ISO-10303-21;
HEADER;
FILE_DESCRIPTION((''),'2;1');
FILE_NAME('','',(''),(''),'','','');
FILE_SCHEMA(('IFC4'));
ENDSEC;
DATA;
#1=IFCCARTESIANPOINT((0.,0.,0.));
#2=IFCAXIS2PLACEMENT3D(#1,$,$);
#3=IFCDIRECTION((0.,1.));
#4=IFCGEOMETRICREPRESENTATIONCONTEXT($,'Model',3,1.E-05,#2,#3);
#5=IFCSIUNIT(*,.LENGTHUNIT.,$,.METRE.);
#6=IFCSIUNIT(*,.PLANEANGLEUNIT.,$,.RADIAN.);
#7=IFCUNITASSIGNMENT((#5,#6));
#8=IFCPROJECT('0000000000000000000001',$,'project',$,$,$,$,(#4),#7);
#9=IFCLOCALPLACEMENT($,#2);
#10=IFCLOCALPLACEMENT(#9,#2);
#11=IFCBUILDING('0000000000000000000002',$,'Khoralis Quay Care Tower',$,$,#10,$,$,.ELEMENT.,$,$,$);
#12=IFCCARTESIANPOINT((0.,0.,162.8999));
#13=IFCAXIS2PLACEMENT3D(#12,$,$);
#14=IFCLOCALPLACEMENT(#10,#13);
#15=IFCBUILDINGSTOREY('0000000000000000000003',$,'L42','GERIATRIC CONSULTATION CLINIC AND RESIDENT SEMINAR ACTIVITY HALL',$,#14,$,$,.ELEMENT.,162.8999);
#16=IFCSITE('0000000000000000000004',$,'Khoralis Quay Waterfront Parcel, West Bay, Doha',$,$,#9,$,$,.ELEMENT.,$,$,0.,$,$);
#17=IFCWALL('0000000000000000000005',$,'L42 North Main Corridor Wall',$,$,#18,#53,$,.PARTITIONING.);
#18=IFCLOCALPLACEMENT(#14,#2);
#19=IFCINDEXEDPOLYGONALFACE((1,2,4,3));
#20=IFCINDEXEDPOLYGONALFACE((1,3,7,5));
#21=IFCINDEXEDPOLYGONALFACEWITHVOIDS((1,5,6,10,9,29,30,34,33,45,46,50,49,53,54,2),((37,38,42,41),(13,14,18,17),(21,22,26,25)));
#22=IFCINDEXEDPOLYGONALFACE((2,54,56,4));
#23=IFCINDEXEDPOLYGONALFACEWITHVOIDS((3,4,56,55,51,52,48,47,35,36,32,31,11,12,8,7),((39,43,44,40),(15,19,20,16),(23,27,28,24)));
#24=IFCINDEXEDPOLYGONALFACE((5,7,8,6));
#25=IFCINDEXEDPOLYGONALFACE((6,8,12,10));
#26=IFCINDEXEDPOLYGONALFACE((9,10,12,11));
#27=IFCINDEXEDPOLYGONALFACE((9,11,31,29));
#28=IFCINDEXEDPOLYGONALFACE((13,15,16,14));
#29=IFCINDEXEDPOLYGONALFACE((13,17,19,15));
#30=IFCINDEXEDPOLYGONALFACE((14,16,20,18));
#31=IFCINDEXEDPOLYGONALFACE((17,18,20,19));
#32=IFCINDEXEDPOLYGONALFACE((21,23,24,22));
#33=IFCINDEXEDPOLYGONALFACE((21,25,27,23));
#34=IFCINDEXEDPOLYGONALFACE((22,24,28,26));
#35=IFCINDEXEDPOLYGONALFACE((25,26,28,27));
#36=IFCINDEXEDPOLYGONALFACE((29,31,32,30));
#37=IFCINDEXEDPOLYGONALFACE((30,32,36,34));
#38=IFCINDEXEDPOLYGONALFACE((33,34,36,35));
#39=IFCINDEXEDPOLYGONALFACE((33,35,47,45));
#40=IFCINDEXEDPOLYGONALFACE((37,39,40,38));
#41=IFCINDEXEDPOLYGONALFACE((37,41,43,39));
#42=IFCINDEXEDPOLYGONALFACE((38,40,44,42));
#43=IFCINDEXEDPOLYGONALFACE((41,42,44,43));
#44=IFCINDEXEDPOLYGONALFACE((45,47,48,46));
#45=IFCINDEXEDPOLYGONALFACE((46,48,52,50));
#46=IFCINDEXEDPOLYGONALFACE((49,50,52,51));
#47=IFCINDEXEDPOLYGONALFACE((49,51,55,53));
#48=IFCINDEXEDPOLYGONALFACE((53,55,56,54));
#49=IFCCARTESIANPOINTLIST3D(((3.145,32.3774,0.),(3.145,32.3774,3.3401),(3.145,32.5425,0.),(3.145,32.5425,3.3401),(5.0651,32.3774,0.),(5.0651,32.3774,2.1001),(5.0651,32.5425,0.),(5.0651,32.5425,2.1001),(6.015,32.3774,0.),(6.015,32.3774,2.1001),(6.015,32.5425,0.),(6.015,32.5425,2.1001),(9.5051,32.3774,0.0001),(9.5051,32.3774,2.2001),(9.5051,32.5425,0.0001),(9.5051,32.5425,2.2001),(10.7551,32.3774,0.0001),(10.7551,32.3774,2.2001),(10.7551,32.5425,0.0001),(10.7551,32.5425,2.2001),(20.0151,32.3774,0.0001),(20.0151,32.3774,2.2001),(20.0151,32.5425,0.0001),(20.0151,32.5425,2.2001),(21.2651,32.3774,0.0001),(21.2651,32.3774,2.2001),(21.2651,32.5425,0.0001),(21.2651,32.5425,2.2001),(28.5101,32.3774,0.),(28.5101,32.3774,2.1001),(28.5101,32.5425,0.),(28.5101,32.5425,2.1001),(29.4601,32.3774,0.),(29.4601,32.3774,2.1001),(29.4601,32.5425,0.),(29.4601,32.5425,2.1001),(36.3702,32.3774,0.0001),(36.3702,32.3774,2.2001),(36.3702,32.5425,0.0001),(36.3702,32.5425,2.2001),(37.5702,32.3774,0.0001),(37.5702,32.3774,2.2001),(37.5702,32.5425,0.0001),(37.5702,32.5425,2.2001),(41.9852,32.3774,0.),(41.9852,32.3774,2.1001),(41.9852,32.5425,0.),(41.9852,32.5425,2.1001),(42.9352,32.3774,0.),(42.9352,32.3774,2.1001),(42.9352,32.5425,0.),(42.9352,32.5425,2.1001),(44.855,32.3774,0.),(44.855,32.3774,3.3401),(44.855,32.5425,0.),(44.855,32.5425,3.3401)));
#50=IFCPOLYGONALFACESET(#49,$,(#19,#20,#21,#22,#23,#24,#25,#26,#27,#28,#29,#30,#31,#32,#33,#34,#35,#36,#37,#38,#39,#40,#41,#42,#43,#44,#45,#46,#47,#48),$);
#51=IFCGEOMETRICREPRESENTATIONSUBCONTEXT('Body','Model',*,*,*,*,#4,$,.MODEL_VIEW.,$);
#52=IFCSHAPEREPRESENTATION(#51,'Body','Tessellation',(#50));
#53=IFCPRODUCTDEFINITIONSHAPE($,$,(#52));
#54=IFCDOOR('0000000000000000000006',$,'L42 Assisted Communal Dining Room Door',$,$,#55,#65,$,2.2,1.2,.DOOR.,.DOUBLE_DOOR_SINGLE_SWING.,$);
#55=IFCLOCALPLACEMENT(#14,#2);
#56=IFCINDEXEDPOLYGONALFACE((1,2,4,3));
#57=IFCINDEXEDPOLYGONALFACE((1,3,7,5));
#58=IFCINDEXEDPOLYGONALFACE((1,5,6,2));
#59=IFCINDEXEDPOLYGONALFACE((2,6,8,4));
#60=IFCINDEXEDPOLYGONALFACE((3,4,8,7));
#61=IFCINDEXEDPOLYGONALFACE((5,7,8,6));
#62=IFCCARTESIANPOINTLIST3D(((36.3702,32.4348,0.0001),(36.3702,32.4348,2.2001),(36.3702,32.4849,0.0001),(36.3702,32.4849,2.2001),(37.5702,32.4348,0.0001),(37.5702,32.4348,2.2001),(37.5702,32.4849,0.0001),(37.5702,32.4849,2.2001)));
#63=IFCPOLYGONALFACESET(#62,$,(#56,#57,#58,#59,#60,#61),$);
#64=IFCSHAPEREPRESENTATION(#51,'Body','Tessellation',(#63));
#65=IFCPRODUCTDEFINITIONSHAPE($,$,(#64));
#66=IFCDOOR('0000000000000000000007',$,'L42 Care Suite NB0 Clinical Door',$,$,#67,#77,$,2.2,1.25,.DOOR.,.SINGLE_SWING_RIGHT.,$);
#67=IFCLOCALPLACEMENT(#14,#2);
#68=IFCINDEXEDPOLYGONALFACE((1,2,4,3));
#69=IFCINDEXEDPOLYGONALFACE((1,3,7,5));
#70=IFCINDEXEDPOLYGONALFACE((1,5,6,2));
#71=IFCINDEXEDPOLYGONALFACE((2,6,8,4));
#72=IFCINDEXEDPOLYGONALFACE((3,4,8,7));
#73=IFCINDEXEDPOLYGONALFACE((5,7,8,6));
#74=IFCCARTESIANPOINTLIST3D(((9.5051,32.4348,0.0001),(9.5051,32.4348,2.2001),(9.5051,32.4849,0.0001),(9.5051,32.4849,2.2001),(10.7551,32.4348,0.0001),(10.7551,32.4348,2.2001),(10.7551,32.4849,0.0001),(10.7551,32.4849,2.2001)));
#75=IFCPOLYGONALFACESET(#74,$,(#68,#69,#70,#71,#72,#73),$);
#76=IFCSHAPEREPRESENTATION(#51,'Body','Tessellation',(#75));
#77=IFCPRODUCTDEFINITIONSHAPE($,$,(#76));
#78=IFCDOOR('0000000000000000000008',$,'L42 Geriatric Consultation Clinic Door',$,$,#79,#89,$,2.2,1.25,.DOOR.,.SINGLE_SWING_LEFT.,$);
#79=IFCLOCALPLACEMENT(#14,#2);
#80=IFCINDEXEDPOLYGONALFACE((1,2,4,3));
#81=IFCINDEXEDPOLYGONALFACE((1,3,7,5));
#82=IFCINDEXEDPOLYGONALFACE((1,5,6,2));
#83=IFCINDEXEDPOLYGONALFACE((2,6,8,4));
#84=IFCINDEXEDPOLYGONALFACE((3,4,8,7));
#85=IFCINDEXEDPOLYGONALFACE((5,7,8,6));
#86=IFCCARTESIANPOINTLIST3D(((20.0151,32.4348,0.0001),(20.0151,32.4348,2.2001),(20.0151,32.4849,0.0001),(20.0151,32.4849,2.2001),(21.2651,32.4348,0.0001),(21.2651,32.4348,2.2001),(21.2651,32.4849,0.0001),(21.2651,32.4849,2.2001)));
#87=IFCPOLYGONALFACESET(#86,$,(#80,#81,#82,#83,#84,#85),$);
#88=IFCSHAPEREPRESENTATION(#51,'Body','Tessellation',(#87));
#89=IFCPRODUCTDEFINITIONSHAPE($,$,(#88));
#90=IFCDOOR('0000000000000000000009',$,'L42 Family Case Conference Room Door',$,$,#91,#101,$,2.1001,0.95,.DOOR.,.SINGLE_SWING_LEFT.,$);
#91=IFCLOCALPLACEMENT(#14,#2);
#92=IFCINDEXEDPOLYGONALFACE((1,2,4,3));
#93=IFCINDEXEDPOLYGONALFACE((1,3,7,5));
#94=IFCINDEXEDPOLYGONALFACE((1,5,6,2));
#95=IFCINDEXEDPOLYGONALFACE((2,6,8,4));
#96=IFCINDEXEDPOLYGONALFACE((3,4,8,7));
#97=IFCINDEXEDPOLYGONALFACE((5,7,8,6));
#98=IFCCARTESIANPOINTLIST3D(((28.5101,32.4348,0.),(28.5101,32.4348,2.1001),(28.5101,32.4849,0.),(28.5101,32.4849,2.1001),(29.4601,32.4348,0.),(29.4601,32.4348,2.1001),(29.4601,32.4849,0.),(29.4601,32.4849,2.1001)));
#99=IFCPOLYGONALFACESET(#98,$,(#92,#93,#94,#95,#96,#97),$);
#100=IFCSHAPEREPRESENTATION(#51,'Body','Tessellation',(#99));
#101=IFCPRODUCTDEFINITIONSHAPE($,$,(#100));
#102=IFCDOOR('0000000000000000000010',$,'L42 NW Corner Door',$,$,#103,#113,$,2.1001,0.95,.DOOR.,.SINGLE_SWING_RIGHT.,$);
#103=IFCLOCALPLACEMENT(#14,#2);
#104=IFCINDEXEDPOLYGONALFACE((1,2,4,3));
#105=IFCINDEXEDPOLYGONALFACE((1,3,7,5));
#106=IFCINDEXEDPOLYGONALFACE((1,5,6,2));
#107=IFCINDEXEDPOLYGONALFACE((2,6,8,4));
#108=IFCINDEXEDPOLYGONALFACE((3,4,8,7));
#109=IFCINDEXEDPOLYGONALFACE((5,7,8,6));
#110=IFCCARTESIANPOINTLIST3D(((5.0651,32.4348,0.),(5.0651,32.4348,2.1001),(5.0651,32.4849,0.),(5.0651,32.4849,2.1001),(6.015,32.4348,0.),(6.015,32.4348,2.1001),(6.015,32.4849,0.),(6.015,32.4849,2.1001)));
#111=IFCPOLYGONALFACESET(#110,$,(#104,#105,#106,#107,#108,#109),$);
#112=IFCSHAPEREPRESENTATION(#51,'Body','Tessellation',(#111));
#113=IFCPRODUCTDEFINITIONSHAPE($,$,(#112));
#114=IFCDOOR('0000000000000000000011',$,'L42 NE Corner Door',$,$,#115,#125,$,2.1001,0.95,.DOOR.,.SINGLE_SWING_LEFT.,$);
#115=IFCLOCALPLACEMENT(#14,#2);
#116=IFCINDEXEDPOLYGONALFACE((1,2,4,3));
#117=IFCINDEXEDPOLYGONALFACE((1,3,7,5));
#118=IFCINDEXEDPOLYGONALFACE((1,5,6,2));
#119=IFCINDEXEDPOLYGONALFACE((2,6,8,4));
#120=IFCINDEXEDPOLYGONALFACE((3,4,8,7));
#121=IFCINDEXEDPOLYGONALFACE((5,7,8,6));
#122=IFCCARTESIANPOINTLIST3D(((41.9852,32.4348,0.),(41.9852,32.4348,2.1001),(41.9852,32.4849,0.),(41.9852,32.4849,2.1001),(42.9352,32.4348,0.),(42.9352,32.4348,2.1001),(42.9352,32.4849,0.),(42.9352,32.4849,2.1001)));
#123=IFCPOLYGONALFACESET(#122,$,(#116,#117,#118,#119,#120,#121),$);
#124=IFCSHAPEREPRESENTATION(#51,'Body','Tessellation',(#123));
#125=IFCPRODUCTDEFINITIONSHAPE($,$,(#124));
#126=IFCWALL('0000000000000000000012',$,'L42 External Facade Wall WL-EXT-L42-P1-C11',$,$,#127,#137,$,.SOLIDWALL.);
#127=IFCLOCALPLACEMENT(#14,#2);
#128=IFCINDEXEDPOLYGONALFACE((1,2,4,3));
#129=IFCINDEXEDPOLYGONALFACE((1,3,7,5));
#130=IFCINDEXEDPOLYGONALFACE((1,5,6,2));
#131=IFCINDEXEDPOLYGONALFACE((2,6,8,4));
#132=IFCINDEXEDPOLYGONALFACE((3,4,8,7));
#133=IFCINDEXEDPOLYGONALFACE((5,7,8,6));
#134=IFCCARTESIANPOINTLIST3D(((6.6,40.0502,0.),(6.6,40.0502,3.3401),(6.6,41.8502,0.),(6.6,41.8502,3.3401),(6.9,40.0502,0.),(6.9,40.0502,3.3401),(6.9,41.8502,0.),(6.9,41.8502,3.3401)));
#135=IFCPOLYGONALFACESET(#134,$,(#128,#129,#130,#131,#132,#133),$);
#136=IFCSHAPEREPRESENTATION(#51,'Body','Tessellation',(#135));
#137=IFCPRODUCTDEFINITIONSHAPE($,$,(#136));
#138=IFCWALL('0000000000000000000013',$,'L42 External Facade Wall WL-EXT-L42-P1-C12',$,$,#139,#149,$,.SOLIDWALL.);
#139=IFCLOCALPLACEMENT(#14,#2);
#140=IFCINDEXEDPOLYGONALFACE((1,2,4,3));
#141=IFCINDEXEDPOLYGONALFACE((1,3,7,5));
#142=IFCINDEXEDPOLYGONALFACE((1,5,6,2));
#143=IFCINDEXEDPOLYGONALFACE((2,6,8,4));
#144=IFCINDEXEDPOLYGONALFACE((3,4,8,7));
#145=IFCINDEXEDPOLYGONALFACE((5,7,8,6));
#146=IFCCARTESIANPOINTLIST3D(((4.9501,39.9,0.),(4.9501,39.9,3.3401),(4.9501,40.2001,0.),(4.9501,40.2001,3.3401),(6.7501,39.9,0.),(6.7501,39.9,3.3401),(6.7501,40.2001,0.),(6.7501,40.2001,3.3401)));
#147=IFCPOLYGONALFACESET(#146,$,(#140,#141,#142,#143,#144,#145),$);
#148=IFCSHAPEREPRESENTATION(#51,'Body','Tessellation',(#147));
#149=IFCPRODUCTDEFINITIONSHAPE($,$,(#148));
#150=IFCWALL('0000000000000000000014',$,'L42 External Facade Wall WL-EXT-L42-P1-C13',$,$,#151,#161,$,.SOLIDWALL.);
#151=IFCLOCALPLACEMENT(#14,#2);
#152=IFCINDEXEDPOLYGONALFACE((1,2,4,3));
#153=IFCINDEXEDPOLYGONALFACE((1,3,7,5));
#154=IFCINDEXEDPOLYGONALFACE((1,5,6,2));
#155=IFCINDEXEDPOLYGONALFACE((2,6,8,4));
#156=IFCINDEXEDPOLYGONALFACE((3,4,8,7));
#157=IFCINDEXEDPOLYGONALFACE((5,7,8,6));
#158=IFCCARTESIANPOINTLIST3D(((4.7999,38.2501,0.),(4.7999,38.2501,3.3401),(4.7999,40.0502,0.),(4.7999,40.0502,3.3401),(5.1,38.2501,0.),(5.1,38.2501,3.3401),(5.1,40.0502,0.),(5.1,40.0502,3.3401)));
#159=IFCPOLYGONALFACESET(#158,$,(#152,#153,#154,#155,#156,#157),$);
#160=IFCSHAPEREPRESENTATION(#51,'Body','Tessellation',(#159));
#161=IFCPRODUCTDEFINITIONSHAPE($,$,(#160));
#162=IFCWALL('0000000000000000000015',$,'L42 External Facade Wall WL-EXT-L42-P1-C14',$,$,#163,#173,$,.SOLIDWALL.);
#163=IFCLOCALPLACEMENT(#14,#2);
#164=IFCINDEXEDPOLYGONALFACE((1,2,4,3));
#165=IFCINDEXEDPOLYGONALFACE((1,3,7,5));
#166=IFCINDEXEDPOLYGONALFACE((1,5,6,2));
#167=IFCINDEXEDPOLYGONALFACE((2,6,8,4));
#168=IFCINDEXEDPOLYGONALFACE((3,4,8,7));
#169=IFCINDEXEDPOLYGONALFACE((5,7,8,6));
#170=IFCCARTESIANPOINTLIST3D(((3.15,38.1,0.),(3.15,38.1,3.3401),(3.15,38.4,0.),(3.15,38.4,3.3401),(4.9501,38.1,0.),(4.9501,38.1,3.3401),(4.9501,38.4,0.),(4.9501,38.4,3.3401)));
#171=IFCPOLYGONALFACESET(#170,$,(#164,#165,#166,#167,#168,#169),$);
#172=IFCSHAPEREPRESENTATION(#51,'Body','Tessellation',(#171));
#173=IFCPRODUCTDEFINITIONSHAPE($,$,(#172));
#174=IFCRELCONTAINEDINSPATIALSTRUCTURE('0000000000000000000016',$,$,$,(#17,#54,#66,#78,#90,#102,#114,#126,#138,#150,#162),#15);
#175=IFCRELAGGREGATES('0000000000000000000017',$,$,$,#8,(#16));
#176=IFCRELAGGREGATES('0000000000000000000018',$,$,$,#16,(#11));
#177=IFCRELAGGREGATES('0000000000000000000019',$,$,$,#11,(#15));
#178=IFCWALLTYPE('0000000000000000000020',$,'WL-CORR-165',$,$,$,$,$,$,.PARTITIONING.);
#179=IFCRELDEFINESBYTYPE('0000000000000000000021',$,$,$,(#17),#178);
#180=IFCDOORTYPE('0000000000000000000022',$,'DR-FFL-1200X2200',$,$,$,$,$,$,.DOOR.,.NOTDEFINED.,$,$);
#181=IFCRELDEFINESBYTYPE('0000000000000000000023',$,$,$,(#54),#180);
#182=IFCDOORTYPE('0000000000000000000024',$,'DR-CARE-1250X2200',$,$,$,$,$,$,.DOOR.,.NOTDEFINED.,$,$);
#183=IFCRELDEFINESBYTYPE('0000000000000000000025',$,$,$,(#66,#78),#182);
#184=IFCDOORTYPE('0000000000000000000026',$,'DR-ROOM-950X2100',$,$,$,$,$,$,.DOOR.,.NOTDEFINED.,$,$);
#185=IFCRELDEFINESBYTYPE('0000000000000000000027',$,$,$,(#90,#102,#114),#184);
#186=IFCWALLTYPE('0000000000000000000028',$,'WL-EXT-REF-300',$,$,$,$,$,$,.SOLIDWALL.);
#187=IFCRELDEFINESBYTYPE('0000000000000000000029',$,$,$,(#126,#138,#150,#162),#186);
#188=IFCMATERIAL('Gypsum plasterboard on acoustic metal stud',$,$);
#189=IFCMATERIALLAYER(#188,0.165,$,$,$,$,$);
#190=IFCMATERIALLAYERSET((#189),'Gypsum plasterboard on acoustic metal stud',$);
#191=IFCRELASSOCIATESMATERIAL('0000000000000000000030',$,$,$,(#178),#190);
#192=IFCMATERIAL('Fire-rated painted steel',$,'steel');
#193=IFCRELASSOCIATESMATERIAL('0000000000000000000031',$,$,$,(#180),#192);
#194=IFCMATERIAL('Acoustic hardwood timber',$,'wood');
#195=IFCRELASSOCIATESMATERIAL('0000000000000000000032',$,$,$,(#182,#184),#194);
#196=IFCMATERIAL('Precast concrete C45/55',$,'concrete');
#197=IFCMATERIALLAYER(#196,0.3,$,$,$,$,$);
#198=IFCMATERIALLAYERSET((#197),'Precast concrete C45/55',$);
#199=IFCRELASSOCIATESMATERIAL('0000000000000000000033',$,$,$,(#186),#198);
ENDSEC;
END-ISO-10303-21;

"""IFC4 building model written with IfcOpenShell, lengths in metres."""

from ifc_helpers import new_model, si_unit, direction, frame, frame_2d, origin, place, context, subcontext, project, spatial, rectangle, extrude, source, transform, mapped, material, layer, layer_set, type_object, element, fill, save


model = new_model("IFC4")

# Units and contexts
model_context = context("Model", 3, precision=1e-05, world=origin(), true_north=direction((0.0, 1.0)))
body_context = subcontext(model_context, "Body", "Model", "MODEL_VIEW")
ifc_project = project(units=[si_unit("LENGTHUNIT", "METRE"), si_unit("PLANEANGLEUNIT", "RADIAN")], contexts=[model_context])

# Site, building, storey
site_placement = place(None, origin())
site = spatial("IfcSite", under=ifc_project, at=site_placement, Name="Khoralis Quay Waterfront Parcel, West Bay, Doha", CompositionType="ELEMENT", RefElevation=0.0)
building_placement = place(site_placement, origin())
building = spatial("IfcBuilding", under=site, at=building_placement, Name="Khoralis Quay Care Tower", CompositionType="ELEMENT")
storey_placement = place(building_placement, frame((0.0, 0.0, 162.8999)))
storey = spatial("IfcBuildingStorey", under=building, at=storey_placement, Name="L42", Description="GERIATRIC CONSULTATION CLINIC AND RESIDENT SEMINAR ACTIVITY HALL", CompositionType="ELEMENT", Elevation=162.8999)

# Wall, openings, doors
ifc_material_1 = material(Name="Gypsum plasterboard on acoustic metal stud")
ifc_layer_1 = layer(ifc_material_1, 0.165)
ifc_layer_set_1 = layer_set([ifc_layer_1], Name="Gypsum plasterboard on acoustic metal stud")
wall_type_1 = type_object("IfcWallType", Name="WL-CORR-165", PredefinedType="PARTITIONING", material=ifc_layer_set_1)
wall_1_placement = place(storey_placement, frame((3.145, 32.46, 0.0), z_axis=(0.0, 0.0, 1.0), x_axis=(1.0, 0.0, 0.0)))
wall_1 = element("IfcWall", 1, at=wall_1_placement, inside=storey, type_object=wall_type_1, Name="L42 North Main Corridor Wall", PredefinedType="PARTITIONING", context=body_context, shape_type="SweptSolid", body=[
    extrude(rectangle(XDim=41.71, YDim=0.165, at=frame_2d((20.855, 0.0))), origin(), (0.0, 0.0, 1.0), 3.3401),
])
opening_1_placement = place(wall_1_placement, frame((6.3601, 0.0, 0.0)))
opening_1 = element("IfcOpeningElement", 2, at=opening_1_placement, cuts=wall_1, PredefinedType="OPENING", context=body_context, shape_type="SweptSolid", body=[
    extrude(rectangle(XDim=1.25, YDim=2.2, at=frame_2d((0.625, 1.1001))), frame((0.0, 0.0925, 0.0), z_axis=(0.0, -1.0, 0.0), x_axis=(1.0, 0.0, 0.0)), (0.0, 0.0, 1.0), 0.1851),
])
opening_2_placement = place(wall_1_placement, frame((16.8701, 0.0, 0.0)))
opening_2 = element("IfcOpeningElement", 3, at=opening_2_placement, cuts=wall_1, PredefinedType="OPENING", context=body_context, shape_type="SweptSolid", body=[
    extrude(rectangle(XDim=1.25, YDim=2.2, at=frame_2d((0.625, 1.1001))), frame((0.0, 0.0925, 0.0), z_axis=(0.0, -1.0, 0.0), x_axis=(1.0, 0.0, 0.0)), (0.0, 0.0, 1.0), 0.1851),
])
opening_3_placement = place(wall_1_placement, frame((25.365, 0.0, 0.0)))
opening_3 = element("IfcOpeningElement", 4, at=opening_3_placement, cuts=wall_1, PredefinedType="OPENING", context=body_context, shape_type="SweptSolid", body=[
    extrude(rectangle(XDim=0.95, YDim=2.1001, at=frame_2d((0.4751, 1.05))), frame((0.0, 0.0925, 0.0), z_axis=(0.0, -1.0, 0.0), x_axis=(1.0, 0.0, 0.0)), (0.0, 0.0, 1.0), 0.1851),
])
opening_4_placement = place(wall_1_placement, frame((33.2251, 0.0, 0.0)))
opening_4 = element("IfcOpeningElement", 5, at=opening_4_placement, cuts=wall_1, PredefinedType="OPENING", context=body_context, shape_type="SweptSolid", body=[
    extrude(rectangle(XDim=1.2, YDim=2.2, at=frame_2d((0.6001, 1.1001))), frame((0.0, 0.0925, 0.0), z_axis=(0.0, -1.0, 0.0), x_axis=(1.0, 0.0, 0.0)), (0.0, 0.0, 1.0), 0.1851),
])
opening_5_placement = place(wall_1_placement, frame((1.9199, 0.0, 0.0)))
opening_5 = element("IfcOpeningElement", 6, at=opening_5_placement, cuts=wall_1, PredefinedType="OPENING", context=body_context, shape_type="SweptSolid", body=[
    extrude(rectangle(XDim=0.95, YDim=2.1001, at=frame_2d((0.4751, 1.05))), frame((0.0, 0.0925, 0.0), z_axis=(0.0, -1.0, 0.0), x_axis=(1.0, 0.0, 0.0)), (0.0, 0.0, 1.0), 0.1851),
])
opening_6_placement = place(wall_1_placement, frame((38.8401, 0.0, 0.0)))
opening_6 = element("IfcOpeningElement", 7, at=opening_6_placement, cuts=wall_1, PredefinedType="OPENING", context=body_context, shape_type="SweptSolid", body=[
    extrude(rectangle(XDim=0.95, YDim=2.1001, at=frame_2d((0.4751, 1.05))), frame((0.0, 0.0925, 0.0), z_axis=(0.0, -1.0, 0.0), x_axis=(1.0, 0.0, 0.0)), (0.0, 0.0, 1.0), 0.1851),
])
ifc_material_2 = material(Name="Fire-rated painted steel", Category="steel")
door_type_1 = type_object("IfcDoorType", Name="DR-FFL-1200X2200", OperationType="NOTDEFINED", PredefinedType="DOOR", material=ifc_material_2)
shared_shape_1 = source(origin(), body_context, "Body", "SweptSolid", [
    extrude(rectangle(XDim=1.2, YDim=2.2, at=frame_2d((0.6001, 1.1001))), frame((0.0, 0.0249, 0.0), z_axis=(0.0, -1.0, 0.0), x_axis=(1.0, 0.0, 0.0)), (0.0, 0.0, 1.0), 0.05),
])
door_1_placement = place(opening_4_placement, origin())
door_1 = element("IfcDoor", 8, at=door_1_placement, inside=storey, type_object=door_type_1, Name="L42 Assisted Communal Dining Room Door", OperationType="DOUBLE_DOOR_SINGLE_SWING", OverallHeight=2.2, OverallWidth=1.2, PredefinedType="DOOR", context=body_context, shape_type="MappedRepresentation", body=[
    mapped(shared_shape_1, transform((0.0, 0.0, 0.0), scale=1.0)),
])
fill(opening_4, door_1)
ifc_material_3 = material(Name="Acoustic hardwood timber", Category="wood")
door_type_2 = type_object("IfcDoorType", Name="DR-CARE-1250X2200", OperationType="NOTDEFINED", PredefinedType="DOOR", material=ifc_material_3)
shared_shape_2 = source(origin(), body_context, "Body", "SweptSolid", [
    extrude(rectangle(XDim=1.25, YDim=2.2, at=frame_2d((0.625, 1.1001))), frame((0.0, 0.0249, 0.0), z_axis=(0.0, -1.0, 0.0), x_axis=(1.0, 0.0, 0.0)), (0.0, 0.0, 1.0), 0.05),
])
door_2_placement = place(opening_1_placement, origin())
door_2 = element("IfcDoor", 9, at=door_2_placement, inside=storey, type_object=door_type_2, Name="L42 Care Suite NB0 Clinical Door", OperationType="SINGLE_SWING_RIGHT", OverallHeight=2.2, OverallWidth=1.25, PredefinedType="DOOR", context=body_context, shape_type="MappedRepresentation", body=[
    mapped(shared_shape_2, transform((0.0, 0.0, 0.0), scale=1.0)),
])
fill(opening_1, door_2)
door_3_placement = place(opening_2_placement, origin())
door_3 = element("IfcDoor", 10, at=door_3_placement, inside=storey, type_object=door_type_2, Name="L42 Geriatric Consultation Clinic Door", OperationType="SINGLE_SWING_LEFT", OverallHeight=2.2, OverallWidth=1.25, PredefinedType="DOOR", context=body_context, shape_type="MappedRepresentation", body=[
    mapped(shared_shape_2, transform((0.0, 0.0, 0.0), scale=1.0)),
])
fill(opening_2, door_3)
door_type_3 = type_object("IfcDoorType", Name="DR-ROOM-950X2100", OperationType="NOTDEFINED", PredefinedType="DOOR", material=ifc_material_3)
shared_shape_3 = source(origin(), body_context, "Body", "SweptSolid", [
    extrude(rectangle(XDim=0.95, YDim=2.1001, at=frame_2d((0.4751, 1.05))), frame((0.0, 0.0249, 0.0), z_axis=(0.0, -1.0, 0.0), x_axis=(1.0, 0.0, 0.0)), (0.0, 0.0, 1.0), 0.05),
])
door_4_placement = place(opening_3_placement, origin())
door_4 = element("IfcDoor", 11, at=door_4_placement, inside=storey, type_object=door_type_3, Name="L42 Family Case Conference Room Door", OperationType="SINGLE_SWING_LEFT", OverallHeight=2.1001, OverallWidth=0.95, PredefinedType="DOOR", context=body_context, shape_type="MappedRepresentation", body=[
    mapped(shared_shape_3, transform((0.0, 0.0, 0.0), scale=1.0)),
])
fill(opening_3, door_4)
door_5_placement = place(opening_5_placement, origin())
door_5 = element("IfcDoor", 12, at=door_5_placement, inside=storey, type_object=door_type_3, Name="L42 NW Corner Door", OperationType="SINGLE_SWING_RIGHT", OverallHeight=2.1001, OverallWidth=0.95, PredefinedType="DOOR", context=body_context, shape_type="MappedRepresentation", body=[
    mapped(shared_shape_3, transform((0.0, 0.0, 0.0), scale=1.0)),
])
fill(opening_5, door_5)
door_6_placement = place(opening_6_placement, origin())
door_6 = element("IfcDoor", 13, at=door_6_placement, inside=storey, type_object=door_type_3, Name="L42 NE Corner Door", OperationType="SINGLE_SWING_LEFT", OverallHeight=2.1001, OverallWidth=0.95, PredefinedType="DOOR", context=body_context, shape_type="MappedRepresentation", body=[
    mapped(shared_shape_3, transform((0.0, 0.0, 0.0), scale=1.0)),
])
fill(opening_6, door_6)

# Walls
ifc_material_4 = material(Name="Precast concrete C45/55", Category="concrete")
ifc_layer_2 = layer(ifc_material_4, 0.3)
ifc_layer_set_2 = layer_set([ifc_layer_2], Name="Precast concrete C45/55")
wall_type_2 = type_object("IfcWallType", Name="WL-EXT-REF-300", PredefinedType="SOLIDWALL", material=ifc_layer_set_2)
for number, where, z_axis, x_axis, name in (
    (14, (6.75, 41.8501, 0.0), (0.0, 0.0, 1.0), (0.0, -1.0, 0.0), "L42 External Facade Wall WL-EXT-L42-P1-C11"),
    (15, (6.75, 40.05, 0.0), (0.0, 0.0, 1.0), (-1.0, 0.0, 0.0), "L42 External Facade Wall WL-EXT-L42-P1-C12"),
    (16, (4.95, 40.05, 0.0), (0.0, 0.0, 1.0), (0.0, -1.0, 0.0), "L42 External Facade Wall WL-EXT-L42-P1-C13"),
    (17, (4.95, 38.25, 0.0), (0.0, 0.0, 1.0), (-1.0, 0.0, 0.0), "L42 External Facade Wall WL-EXT-L42-P1-C14"),
):
    element("IfcWall", number, at=place(storey_placement, frame(where, z_axis=z_axis, x_axis=x_axis)), inside=storey, type_object=wall_type_2, Name=name, PredefinedType="SOLIDWALL", context=body_context, shape_type="SweptSolid", body=[
        extrude(rectangle(XDim=1.8, YDim=0.3, at=frame_2d((0.8999, 0.0))), origin(), (0.0, 0.0, 1.0), 3.3401),
    ])

save(model, "model.ifc")
